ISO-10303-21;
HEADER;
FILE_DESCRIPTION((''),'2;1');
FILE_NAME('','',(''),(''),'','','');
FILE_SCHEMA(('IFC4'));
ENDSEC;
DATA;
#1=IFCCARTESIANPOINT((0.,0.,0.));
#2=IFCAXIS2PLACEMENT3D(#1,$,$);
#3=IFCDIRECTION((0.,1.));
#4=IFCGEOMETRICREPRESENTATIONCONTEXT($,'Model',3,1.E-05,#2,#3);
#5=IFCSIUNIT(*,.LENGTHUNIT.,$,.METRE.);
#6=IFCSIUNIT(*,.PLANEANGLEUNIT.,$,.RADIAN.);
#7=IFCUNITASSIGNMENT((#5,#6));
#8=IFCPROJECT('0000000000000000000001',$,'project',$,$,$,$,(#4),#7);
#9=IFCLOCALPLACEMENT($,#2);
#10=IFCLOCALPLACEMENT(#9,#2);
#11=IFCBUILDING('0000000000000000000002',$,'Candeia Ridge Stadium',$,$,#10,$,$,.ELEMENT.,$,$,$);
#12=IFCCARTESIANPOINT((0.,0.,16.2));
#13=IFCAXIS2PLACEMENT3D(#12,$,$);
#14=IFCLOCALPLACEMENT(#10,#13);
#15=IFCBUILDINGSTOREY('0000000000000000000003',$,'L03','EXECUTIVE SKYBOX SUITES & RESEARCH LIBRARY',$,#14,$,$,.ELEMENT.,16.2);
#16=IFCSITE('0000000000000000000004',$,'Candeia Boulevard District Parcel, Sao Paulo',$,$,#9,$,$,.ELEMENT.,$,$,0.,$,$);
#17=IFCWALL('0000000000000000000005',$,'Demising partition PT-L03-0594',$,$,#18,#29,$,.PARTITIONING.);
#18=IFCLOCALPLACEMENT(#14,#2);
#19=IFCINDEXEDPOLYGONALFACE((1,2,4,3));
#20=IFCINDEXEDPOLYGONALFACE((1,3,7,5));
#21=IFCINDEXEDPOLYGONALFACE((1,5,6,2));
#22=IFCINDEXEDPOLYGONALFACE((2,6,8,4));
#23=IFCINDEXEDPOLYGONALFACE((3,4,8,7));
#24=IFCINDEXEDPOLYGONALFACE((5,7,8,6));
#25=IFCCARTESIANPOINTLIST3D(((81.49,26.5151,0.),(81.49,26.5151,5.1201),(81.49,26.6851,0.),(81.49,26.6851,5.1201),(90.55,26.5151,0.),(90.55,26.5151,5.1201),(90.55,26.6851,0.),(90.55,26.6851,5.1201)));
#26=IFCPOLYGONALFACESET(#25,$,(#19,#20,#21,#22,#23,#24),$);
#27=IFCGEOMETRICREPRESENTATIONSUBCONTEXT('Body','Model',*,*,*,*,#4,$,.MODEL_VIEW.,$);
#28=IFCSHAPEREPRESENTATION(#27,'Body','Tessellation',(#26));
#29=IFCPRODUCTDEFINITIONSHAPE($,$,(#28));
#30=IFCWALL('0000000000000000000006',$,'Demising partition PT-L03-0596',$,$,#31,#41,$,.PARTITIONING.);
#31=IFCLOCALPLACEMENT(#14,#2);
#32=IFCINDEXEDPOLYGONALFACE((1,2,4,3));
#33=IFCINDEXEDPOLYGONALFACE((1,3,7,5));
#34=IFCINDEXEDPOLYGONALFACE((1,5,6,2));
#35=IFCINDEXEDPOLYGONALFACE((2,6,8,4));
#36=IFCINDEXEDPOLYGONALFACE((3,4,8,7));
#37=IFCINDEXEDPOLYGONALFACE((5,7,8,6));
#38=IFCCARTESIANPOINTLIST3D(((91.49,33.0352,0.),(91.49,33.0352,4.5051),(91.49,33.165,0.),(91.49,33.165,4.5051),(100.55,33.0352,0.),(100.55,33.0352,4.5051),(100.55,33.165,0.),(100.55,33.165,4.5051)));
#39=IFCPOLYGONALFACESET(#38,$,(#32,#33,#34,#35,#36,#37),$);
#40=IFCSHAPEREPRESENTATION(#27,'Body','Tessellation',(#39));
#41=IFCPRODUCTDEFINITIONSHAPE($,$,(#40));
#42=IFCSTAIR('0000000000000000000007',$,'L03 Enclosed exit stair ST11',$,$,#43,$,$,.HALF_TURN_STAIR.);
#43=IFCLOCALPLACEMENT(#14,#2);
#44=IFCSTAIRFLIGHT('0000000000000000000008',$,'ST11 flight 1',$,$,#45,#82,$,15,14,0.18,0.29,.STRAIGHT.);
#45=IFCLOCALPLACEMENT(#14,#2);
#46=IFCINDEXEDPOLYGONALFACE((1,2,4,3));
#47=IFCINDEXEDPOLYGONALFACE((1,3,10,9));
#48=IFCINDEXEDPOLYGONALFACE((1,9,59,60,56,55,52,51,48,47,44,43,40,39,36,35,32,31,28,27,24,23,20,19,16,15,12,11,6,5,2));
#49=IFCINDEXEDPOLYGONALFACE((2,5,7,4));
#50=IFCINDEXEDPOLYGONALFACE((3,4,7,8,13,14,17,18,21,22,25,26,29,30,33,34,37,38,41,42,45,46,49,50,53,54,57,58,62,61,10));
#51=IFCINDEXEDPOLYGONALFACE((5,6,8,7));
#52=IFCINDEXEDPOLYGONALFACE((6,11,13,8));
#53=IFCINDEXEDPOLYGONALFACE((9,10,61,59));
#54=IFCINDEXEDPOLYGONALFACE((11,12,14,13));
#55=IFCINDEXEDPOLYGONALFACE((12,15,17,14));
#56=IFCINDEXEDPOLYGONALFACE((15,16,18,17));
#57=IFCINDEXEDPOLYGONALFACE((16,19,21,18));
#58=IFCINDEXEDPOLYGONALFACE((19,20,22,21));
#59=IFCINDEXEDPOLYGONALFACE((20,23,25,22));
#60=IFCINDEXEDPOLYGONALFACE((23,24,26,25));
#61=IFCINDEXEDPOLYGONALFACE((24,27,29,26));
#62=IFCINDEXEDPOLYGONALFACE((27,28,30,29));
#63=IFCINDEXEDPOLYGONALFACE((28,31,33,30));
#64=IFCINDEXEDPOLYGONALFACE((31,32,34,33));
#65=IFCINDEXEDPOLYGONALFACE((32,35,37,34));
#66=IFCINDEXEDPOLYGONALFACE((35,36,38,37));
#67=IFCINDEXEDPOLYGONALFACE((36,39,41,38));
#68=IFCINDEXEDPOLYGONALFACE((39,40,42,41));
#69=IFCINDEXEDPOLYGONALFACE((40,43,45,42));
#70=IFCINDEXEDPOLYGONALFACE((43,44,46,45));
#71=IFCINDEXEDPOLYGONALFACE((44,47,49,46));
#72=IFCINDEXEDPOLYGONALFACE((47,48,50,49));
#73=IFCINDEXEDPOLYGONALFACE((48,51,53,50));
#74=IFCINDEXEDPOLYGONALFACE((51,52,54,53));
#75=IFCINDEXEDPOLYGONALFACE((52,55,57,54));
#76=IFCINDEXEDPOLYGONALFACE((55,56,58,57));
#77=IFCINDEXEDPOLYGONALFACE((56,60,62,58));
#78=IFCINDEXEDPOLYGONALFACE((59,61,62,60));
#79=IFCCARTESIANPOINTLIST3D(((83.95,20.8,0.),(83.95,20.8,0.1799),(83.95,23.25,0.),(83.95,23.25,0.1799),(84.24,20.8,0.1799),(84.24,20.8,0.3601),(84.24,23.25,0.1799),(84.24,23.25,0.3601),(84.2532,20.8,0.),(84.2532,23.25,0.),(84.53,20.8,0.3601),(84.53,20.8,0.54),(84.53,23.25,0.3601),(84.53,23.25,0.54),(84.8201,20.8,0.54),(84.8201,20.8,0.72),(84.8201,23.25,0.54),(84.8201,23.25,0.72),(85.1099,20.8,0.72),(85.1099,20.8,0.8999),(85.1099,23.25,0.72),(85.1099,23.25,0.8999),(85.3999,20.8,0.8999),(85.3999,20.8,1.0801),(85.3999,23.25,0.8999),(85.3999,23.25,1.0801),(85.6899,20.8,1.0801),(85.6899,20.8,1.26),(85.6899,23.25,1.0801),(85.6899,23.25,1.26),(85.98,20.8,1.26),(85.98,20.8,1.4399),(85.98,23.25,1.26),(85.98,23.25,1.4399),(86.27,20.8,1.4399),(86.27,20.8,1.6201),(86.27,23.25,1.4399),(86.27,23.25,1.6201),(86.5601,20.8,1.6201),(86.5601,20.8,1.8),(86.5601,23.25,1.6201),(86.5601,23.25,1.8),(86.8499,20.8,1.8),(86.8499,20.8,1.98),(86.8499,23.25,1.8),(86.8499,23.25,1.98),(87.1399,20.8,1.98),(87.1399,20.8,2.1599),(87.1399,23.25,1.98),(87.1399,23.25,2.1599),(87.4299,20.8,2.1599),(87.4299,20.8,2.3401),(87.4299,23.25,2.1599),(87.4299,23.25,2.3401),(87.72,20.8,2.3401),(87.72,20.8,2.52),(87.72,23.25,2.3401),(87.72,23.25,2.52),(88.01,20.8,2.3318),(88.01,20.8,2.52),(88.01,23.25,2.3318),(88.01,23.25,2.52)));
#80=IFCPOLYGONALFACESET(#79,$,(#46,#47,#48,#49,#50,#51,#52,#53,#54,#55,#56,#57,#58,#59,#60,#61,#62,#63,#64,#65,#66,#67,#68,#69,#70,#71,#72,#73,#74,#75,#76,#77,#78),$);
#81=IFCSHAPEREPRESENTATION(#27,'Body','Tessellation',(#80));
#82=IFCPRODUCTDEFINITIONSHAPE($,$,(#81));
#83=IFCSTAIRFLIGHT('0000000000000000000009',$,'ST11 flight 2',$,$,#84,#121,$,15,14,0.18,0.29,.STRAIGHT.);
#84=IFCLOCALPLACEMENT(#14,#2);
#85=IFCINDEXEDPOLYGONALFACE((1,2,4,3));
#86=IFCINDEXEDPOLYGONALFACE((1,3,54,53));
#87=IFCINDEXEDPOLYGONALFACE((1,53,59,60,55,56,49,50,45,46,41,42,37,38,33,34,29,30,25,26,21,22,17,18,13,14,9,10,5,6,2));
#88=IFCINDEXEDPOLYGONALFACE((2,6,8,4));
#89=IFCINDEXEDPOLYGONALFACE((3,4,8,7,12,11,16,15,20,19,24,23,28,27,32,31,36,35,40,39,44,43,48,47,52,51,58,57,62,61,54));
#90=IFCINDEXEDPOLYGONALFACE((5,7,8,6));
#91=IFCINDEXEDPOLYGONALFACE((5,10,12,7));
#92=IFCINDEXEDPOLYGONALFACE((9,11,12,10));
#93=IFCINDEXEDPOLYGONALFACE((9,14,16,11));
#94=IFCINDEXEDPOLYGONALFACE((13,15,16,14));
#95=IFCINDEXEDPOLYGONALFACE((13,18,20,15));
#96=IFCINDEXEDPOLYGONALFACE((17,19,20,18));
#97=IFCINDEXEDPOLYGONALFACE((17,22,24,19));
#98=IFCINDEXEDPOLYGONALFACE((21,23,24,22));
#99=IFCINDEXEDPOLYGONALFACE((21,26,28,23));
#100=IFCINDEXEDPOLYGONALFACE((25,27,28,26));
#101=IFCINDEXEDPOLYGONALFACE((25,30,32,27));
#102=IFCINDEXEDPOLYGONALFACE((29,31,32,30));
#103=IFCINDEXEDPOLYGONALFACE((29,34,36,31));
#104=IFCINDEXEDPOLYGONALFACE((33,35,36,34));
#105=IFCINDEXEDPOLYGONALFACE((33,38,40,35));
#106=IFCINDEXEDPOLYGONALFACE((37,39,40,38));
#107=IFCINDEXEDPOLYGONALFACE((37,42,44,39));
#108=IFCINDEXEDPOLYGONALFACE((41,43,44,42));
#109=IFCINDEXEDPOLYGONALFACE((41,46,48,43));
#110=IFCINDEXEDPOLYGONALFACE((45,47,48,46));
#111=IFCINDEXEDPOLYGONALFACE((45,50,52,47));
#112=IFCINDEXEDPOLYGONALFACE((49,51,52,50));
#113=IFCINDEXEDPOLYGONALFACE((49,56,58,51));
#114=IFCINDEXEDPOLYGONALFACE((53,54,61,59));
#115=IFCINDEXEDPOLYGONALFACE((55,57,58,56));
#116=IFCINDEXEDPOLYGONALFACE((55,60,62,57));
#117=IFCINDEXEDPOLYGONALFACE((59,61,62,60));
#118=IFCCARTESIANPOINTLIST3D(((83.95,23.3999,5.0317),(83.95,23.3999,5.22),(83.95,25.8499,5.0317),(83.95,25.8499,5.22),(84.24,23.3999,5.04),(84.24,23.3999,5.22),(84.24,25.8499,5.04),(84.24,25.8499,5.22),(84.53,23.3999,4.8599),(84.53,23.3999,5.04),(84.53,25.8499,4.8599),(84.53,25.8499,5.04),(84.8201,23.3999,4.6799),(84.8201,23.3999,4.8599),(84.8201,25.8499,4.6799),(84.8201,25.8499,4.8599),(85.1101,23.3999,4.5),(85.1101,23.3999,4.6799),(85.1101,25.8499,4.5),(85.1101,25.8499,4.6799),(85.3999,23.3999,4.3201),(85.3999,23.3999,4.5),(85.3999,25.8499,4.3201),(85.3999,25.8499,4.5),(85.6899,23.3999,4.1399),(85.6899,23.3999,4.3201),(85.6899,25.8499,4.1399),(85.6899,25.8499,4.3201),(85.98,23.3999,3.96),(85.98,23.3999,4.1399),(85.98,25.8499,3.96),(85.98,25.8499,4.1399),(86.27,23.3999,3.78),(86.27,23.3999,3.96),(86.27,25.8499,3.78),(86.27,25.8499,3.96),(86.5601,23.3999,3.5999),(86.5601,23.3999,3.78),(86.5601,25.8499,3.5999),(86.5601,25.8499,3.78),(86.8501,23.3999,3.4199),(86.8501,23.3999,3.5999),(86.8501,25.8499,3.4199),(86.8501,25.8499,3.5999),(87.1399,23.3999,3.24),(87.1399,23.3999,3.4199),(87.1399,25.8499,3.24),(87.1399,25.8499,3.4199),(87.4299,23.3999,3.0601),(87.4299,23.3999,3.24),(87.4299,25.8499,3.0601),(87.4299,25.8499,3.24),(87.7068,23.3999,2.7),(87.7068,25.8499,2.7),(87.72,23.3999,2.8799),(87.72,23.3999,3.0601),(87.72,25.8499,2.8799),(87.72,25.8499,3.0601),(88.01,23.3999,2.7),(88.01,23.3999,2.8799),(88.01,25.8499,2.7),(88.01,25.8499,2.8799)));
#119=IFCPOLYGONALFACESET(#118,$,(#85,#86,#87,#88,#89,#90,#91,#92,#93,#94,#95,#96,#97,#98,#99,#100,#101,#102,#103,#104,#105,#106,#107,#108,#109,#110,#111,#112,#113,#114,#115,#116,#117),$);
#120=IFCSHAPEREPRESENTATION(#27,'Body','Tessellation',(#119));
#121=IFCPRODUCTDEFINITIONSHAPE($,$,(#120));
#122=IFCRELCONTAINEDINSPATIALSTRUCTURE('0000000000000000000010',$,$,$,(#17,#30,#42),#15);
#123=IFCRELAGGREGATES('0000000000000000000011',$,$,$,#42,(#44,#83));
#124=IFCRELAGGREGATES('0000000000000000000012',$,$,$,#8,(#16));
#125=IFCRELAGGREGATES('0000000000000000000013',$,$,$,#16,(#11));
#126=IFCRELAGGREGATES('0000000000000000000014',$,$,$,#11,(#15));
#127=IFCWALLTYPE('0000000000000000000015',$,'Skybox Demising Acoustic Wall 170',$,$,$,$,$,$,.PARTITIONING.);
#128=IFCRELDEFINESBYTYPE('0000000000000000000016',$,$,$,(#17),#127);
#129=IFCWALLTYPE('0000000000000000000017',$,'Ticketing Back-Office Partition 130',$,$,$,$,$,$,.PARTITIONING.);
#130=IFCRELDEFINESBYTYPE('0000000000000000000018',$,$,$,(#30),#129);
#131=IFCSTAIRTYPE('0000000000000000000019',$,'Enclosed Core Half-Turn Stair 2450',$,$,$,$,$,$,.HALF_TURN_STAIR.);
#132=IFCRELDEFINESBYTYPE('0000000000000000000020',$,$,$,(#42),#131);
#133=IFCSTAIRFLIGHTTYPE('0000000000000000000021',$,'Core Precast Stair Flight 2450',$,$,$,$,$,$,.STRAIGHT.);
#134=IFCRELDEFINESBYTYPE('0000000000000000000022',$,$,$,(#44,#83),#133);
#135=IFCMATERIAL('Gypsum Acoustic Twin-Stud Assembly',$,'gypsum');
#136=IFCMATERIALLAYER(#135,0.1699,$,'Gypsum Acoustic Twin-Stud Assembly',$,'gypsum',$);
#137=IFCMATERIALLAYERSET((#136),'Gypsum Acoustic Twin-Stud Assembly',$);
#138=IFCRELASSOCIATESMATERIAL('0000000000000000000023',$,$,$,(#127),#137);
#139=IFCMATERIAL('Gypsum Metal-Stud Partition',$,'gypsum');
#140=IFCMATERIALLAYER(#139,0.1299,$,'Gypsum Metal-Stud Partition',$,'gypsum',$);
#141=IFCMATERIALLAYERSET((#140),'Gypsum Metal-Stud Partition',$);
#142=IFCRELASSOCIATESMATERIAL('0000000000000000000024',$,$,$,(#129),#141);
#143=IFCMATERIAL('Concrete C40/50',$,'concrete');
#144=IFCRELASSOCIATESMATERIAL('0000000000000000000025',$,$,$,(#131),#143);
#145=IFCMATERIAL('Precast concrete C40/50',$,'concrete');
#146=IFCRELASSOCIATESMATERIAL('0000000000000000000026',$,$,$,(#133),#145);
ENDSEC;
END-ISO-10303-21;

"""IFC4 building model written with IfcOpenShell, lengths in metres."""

from ifc_helpers import new_model, si_unit, direction, frame, frame_2d, origin, place, context, subcontext, project, spatial, polyline, rectangle, outline, extrude, material, layer, layer_set, type_object, element, aggregate, save


model = new_model("IFC4")

# Units and contexts
model_context = context("Model", 3, precision=1e-05, world=origin(), true_north=direction((0.0, 1.0)))
body_context = subcontext(model_context, "Body", "Model", "MODEL_VIEW")
ifc_project = project(units=[si_unit("LENGTHUNIT", "METRE"), si_unit("PLANEANGLEUNIT", "RADIAN")], contexts=[model_context])

# Site, building, storey
site_placement = place(None, origin())
site = spatial("IfcSite", under=ifc_project, at=site_placement, Name="Candeia Boulevard District Parcel, Sao Paulo", CompositionType="ELEMENT", RefElevation=0.0)
building_placement = place(site_placement, origin())
building = spatial("IfcBuilding", under=site, at=building_placement, Name="Candeia Ridge Stadium", CompositionType="ELEMENT")
storey_placement = place(building_placement, frame((0.0, 0.0, 16.2)))
storey = spatial("IfcBuildingStorey", under=building, at=storey_placement, Name="L03", Description="EXECUTIVE SKYBOX SUITES & RESEARCH LIBRARY", CompositionType="ELEMENT", Elevation=16.2)

# Shared definitions
ifc_material_1 = material(Name="Concrete C40/50", Category="concrete")

# Walls
ifc_material_2 = material(Name="Gypsum Acoustic Twin-Stud Assembly", Category="gypsum")
ifc_layer_1 = layer(ifc_material_2, 0.1699, Name="Gypsum Acoustic Twin-Stud Assembly", Category="gypsum")
ifc_layer_set_1 = layer_set([ifc_layer_1], Name="Gypsum Acoustic Twin-Stud Assembly")
wall_type_1 = type_object("IfcWallType", Name="Skybox Demising Acoustic Wall 170", PredefinedType="PARTITIONING", material=ifc_layer_set_1)
wall_1_placement = place(storey_placement, frame((90.55, 26.6001, 0.0), z_axis=(0.0, 0.0, 1.0), x_axis=(-1.0, 0.0, 0.0)))
element("IfcWall", 1, at=wall_1_placement, inside=storey, type_object=wall_type_1, Name="Demising partition PT-L03-0594", PredefinedType="PARTITIONING", context=body_context, shape_type="SweptSolid", body=[
    extrude(rectangle(XDim=9.0601, YDim=0.1699, at=frame_2d((4.53, 0.0))), origin(), (0.0, 0.0, 1.0), 5.1201),
])
ifc_material_3 = material(Name="Gypsum Metal-Stud Partition", Category="gypsum")
ifc_layer_2 = layer(ifc_material_3, 0.1299, Name="Gypsum Metal-Stud Partition", Category="gypsum")
ifc_layer_set_2 = layer_set([ifc_layer_2], Name="Gypsum Metal-Stud Partition")
wall_type_2 = type_object("IfcWallType", Name="Ticketing Back-Office Partition 130", PredefinedType="PARTITIONING", material=ifc_layer_set_2)
wall_2_placement = place(storey_placement, frame((91.49, 33.1001, 0.0), z_axis=(0.0, 0.0, 1.0), x_axis=(1.0, 0.0, 0.0)))
element("IfcWall", 2, at=wall_2_placement, inside=storey, type_object=wall_type_2, Name="Demising partition PT-L03-0596", PredefinedType="PARTITIONING", context=body_context, shape_type="SweptSolid", body=[
    extrude(rectangle(XDim=9.0601, YDim=0.1299, at=frame_2d((4.53, 0.0))), origin(), (0.0, 0.0, 1.0), 4.5051),
])

# Stair, stair flights
stair_type = type_object("IfcStairType", Name="Enclosed Core Half-Turn Stair 2450", PredefinedType="HALF_TURN_STAIR", material=ifc_material_1)
stair_placement = place(storey_placement, origin())
stair = element("IfcStair", 3, at=stair_placement, inside=storey, type_object=stair_type, Name="L03 Enclosed exit stair ST11", PredefinedType="HALF_TURN_STAIR")
ifc_material_4 = material(Name="Precast concrete C40/50", Category="concrete")
stair_flight_type = type_object("IfcStairFlightType", Name="Core Precast Stair Flight 2450", PredefinedType="STRAIGHT", material=ifc_material_4)
stair_flight_1_placement = place(storey_placement, frame((83.95, 22.0249, 0.0), z_axis=(0.0, 0.0, 1.0), x_axis=(1.0, 0.0, 0.0)))
stair_flight_1 = element("IfcStairFlight", 4, at=stair_flight_1_placement, type_object=stair_flight_type, Name="ST11 flight 1", NumberOfRisers=15, NumberOfTreads=14, PredefinedType="STRAIGHT", RiserHeight=0.18, TreadLength=0.29, context=body_context, shape_type="SweptSolid", body=[
    extrude(outline(polyline([(0.0, 0.0), (0.0, 0.1799), (0.29, 0.1799), (0.29, 0.3601), (0.5801, 0.3601), (0.5801, 0.54), (0.8701, 0.54), (0.8701, 0.72), (1.1599, 0.72), (1.1599, 0.8999), (1.45, 0.8999), (1.45, 1.0801), (1.74, 1.0801), (1.74, 1.26), (2.03, 1.26), (2.03, 1.4399), (2.3201, 1.4399), (2.3201, 1.6201), (2.6101, 1.6201), (2.6101, 1.8), (2.8999, 1.8), (2.8999, 1.98), (3.1899, 1.98), (3.1899, 2.1599), (3.48, 2.1599), (3.48, 2.3401), (3.77, 2.3401), (3.77, 2.52), (4.0601, 2.52), (4.0601, 2.7), (4.0601, 2.3318), (0.3032, 0.0), (0.0, 0.0)])), frame((0.0, 1.2251, 0.0), z_axis=(0.0, -1.0, 0.0), x_axis=(1.0, 0.0, 0.0)), (0.0, 0.0, 1.0), 2.45),
])
stair_flight_2_placement = place(storey_placement, frame((88.01, 24.625, 2.7), z_axis=(0.0, 0.0, 1.0), x_axis=(-1.0, 0.0, 0.0)))
stair_flight_2 = element("IfcStairFlight", 5, at=stair_flight_2_placement, type_object=stair_flight_type, Name="ST11 flight 2", NumberOfRisers=15, NumberOfTreads=14, PredefinedType="STRAIGHT", RiserHeight=0.18, TreadLength=0.29, context=body_context, shape_type="SweptSolid", body=[
    extrude(outline(polyline([(0.0, 0.0), (0.0, 0.1799), (0.29, 0.1799), (0.29, 0.3601), (0.5801, 0.3601), (0.5801, 0.54), (0.8701, 0.54), (0.8701, 0.72), (1.1599, 0.72), (1.1599, 0.8999), (1.45, 0.8999), (1.45, 1.0801), (1.74, 1.0801), (1.74, 1.26), (2.03, 1.26), (2.03, 1.4399), (2.3201, 1.4399), (2.3201, 1.6201), (2.6101, 1.6201), (2.6101, 1.8), (2.8999, 1.8), (2.8999, 1.98), (3.1899, 1.98), (3.1899, 2.1599), (3.48, 2.1599), (3.48, 2.3401), (3.77, 2.3401), (3.77, 2.52), (4.0601, 2.52), (4.0601, 2.7), (4.0601, 2.3318), (0.3032, 0.0), (0.0, 0.0)])), frame((0.0, 1.2251, 0.0), z_axis=(0.0, -1.0, 0.0), x_axis=(1.0, 0.0, 0.0)), (0.0, 0.0, 1.0), 2.45),
])
aggregate(stair, [stair_flight_1, stair_flight_2])

save(model, "model.ifc")
